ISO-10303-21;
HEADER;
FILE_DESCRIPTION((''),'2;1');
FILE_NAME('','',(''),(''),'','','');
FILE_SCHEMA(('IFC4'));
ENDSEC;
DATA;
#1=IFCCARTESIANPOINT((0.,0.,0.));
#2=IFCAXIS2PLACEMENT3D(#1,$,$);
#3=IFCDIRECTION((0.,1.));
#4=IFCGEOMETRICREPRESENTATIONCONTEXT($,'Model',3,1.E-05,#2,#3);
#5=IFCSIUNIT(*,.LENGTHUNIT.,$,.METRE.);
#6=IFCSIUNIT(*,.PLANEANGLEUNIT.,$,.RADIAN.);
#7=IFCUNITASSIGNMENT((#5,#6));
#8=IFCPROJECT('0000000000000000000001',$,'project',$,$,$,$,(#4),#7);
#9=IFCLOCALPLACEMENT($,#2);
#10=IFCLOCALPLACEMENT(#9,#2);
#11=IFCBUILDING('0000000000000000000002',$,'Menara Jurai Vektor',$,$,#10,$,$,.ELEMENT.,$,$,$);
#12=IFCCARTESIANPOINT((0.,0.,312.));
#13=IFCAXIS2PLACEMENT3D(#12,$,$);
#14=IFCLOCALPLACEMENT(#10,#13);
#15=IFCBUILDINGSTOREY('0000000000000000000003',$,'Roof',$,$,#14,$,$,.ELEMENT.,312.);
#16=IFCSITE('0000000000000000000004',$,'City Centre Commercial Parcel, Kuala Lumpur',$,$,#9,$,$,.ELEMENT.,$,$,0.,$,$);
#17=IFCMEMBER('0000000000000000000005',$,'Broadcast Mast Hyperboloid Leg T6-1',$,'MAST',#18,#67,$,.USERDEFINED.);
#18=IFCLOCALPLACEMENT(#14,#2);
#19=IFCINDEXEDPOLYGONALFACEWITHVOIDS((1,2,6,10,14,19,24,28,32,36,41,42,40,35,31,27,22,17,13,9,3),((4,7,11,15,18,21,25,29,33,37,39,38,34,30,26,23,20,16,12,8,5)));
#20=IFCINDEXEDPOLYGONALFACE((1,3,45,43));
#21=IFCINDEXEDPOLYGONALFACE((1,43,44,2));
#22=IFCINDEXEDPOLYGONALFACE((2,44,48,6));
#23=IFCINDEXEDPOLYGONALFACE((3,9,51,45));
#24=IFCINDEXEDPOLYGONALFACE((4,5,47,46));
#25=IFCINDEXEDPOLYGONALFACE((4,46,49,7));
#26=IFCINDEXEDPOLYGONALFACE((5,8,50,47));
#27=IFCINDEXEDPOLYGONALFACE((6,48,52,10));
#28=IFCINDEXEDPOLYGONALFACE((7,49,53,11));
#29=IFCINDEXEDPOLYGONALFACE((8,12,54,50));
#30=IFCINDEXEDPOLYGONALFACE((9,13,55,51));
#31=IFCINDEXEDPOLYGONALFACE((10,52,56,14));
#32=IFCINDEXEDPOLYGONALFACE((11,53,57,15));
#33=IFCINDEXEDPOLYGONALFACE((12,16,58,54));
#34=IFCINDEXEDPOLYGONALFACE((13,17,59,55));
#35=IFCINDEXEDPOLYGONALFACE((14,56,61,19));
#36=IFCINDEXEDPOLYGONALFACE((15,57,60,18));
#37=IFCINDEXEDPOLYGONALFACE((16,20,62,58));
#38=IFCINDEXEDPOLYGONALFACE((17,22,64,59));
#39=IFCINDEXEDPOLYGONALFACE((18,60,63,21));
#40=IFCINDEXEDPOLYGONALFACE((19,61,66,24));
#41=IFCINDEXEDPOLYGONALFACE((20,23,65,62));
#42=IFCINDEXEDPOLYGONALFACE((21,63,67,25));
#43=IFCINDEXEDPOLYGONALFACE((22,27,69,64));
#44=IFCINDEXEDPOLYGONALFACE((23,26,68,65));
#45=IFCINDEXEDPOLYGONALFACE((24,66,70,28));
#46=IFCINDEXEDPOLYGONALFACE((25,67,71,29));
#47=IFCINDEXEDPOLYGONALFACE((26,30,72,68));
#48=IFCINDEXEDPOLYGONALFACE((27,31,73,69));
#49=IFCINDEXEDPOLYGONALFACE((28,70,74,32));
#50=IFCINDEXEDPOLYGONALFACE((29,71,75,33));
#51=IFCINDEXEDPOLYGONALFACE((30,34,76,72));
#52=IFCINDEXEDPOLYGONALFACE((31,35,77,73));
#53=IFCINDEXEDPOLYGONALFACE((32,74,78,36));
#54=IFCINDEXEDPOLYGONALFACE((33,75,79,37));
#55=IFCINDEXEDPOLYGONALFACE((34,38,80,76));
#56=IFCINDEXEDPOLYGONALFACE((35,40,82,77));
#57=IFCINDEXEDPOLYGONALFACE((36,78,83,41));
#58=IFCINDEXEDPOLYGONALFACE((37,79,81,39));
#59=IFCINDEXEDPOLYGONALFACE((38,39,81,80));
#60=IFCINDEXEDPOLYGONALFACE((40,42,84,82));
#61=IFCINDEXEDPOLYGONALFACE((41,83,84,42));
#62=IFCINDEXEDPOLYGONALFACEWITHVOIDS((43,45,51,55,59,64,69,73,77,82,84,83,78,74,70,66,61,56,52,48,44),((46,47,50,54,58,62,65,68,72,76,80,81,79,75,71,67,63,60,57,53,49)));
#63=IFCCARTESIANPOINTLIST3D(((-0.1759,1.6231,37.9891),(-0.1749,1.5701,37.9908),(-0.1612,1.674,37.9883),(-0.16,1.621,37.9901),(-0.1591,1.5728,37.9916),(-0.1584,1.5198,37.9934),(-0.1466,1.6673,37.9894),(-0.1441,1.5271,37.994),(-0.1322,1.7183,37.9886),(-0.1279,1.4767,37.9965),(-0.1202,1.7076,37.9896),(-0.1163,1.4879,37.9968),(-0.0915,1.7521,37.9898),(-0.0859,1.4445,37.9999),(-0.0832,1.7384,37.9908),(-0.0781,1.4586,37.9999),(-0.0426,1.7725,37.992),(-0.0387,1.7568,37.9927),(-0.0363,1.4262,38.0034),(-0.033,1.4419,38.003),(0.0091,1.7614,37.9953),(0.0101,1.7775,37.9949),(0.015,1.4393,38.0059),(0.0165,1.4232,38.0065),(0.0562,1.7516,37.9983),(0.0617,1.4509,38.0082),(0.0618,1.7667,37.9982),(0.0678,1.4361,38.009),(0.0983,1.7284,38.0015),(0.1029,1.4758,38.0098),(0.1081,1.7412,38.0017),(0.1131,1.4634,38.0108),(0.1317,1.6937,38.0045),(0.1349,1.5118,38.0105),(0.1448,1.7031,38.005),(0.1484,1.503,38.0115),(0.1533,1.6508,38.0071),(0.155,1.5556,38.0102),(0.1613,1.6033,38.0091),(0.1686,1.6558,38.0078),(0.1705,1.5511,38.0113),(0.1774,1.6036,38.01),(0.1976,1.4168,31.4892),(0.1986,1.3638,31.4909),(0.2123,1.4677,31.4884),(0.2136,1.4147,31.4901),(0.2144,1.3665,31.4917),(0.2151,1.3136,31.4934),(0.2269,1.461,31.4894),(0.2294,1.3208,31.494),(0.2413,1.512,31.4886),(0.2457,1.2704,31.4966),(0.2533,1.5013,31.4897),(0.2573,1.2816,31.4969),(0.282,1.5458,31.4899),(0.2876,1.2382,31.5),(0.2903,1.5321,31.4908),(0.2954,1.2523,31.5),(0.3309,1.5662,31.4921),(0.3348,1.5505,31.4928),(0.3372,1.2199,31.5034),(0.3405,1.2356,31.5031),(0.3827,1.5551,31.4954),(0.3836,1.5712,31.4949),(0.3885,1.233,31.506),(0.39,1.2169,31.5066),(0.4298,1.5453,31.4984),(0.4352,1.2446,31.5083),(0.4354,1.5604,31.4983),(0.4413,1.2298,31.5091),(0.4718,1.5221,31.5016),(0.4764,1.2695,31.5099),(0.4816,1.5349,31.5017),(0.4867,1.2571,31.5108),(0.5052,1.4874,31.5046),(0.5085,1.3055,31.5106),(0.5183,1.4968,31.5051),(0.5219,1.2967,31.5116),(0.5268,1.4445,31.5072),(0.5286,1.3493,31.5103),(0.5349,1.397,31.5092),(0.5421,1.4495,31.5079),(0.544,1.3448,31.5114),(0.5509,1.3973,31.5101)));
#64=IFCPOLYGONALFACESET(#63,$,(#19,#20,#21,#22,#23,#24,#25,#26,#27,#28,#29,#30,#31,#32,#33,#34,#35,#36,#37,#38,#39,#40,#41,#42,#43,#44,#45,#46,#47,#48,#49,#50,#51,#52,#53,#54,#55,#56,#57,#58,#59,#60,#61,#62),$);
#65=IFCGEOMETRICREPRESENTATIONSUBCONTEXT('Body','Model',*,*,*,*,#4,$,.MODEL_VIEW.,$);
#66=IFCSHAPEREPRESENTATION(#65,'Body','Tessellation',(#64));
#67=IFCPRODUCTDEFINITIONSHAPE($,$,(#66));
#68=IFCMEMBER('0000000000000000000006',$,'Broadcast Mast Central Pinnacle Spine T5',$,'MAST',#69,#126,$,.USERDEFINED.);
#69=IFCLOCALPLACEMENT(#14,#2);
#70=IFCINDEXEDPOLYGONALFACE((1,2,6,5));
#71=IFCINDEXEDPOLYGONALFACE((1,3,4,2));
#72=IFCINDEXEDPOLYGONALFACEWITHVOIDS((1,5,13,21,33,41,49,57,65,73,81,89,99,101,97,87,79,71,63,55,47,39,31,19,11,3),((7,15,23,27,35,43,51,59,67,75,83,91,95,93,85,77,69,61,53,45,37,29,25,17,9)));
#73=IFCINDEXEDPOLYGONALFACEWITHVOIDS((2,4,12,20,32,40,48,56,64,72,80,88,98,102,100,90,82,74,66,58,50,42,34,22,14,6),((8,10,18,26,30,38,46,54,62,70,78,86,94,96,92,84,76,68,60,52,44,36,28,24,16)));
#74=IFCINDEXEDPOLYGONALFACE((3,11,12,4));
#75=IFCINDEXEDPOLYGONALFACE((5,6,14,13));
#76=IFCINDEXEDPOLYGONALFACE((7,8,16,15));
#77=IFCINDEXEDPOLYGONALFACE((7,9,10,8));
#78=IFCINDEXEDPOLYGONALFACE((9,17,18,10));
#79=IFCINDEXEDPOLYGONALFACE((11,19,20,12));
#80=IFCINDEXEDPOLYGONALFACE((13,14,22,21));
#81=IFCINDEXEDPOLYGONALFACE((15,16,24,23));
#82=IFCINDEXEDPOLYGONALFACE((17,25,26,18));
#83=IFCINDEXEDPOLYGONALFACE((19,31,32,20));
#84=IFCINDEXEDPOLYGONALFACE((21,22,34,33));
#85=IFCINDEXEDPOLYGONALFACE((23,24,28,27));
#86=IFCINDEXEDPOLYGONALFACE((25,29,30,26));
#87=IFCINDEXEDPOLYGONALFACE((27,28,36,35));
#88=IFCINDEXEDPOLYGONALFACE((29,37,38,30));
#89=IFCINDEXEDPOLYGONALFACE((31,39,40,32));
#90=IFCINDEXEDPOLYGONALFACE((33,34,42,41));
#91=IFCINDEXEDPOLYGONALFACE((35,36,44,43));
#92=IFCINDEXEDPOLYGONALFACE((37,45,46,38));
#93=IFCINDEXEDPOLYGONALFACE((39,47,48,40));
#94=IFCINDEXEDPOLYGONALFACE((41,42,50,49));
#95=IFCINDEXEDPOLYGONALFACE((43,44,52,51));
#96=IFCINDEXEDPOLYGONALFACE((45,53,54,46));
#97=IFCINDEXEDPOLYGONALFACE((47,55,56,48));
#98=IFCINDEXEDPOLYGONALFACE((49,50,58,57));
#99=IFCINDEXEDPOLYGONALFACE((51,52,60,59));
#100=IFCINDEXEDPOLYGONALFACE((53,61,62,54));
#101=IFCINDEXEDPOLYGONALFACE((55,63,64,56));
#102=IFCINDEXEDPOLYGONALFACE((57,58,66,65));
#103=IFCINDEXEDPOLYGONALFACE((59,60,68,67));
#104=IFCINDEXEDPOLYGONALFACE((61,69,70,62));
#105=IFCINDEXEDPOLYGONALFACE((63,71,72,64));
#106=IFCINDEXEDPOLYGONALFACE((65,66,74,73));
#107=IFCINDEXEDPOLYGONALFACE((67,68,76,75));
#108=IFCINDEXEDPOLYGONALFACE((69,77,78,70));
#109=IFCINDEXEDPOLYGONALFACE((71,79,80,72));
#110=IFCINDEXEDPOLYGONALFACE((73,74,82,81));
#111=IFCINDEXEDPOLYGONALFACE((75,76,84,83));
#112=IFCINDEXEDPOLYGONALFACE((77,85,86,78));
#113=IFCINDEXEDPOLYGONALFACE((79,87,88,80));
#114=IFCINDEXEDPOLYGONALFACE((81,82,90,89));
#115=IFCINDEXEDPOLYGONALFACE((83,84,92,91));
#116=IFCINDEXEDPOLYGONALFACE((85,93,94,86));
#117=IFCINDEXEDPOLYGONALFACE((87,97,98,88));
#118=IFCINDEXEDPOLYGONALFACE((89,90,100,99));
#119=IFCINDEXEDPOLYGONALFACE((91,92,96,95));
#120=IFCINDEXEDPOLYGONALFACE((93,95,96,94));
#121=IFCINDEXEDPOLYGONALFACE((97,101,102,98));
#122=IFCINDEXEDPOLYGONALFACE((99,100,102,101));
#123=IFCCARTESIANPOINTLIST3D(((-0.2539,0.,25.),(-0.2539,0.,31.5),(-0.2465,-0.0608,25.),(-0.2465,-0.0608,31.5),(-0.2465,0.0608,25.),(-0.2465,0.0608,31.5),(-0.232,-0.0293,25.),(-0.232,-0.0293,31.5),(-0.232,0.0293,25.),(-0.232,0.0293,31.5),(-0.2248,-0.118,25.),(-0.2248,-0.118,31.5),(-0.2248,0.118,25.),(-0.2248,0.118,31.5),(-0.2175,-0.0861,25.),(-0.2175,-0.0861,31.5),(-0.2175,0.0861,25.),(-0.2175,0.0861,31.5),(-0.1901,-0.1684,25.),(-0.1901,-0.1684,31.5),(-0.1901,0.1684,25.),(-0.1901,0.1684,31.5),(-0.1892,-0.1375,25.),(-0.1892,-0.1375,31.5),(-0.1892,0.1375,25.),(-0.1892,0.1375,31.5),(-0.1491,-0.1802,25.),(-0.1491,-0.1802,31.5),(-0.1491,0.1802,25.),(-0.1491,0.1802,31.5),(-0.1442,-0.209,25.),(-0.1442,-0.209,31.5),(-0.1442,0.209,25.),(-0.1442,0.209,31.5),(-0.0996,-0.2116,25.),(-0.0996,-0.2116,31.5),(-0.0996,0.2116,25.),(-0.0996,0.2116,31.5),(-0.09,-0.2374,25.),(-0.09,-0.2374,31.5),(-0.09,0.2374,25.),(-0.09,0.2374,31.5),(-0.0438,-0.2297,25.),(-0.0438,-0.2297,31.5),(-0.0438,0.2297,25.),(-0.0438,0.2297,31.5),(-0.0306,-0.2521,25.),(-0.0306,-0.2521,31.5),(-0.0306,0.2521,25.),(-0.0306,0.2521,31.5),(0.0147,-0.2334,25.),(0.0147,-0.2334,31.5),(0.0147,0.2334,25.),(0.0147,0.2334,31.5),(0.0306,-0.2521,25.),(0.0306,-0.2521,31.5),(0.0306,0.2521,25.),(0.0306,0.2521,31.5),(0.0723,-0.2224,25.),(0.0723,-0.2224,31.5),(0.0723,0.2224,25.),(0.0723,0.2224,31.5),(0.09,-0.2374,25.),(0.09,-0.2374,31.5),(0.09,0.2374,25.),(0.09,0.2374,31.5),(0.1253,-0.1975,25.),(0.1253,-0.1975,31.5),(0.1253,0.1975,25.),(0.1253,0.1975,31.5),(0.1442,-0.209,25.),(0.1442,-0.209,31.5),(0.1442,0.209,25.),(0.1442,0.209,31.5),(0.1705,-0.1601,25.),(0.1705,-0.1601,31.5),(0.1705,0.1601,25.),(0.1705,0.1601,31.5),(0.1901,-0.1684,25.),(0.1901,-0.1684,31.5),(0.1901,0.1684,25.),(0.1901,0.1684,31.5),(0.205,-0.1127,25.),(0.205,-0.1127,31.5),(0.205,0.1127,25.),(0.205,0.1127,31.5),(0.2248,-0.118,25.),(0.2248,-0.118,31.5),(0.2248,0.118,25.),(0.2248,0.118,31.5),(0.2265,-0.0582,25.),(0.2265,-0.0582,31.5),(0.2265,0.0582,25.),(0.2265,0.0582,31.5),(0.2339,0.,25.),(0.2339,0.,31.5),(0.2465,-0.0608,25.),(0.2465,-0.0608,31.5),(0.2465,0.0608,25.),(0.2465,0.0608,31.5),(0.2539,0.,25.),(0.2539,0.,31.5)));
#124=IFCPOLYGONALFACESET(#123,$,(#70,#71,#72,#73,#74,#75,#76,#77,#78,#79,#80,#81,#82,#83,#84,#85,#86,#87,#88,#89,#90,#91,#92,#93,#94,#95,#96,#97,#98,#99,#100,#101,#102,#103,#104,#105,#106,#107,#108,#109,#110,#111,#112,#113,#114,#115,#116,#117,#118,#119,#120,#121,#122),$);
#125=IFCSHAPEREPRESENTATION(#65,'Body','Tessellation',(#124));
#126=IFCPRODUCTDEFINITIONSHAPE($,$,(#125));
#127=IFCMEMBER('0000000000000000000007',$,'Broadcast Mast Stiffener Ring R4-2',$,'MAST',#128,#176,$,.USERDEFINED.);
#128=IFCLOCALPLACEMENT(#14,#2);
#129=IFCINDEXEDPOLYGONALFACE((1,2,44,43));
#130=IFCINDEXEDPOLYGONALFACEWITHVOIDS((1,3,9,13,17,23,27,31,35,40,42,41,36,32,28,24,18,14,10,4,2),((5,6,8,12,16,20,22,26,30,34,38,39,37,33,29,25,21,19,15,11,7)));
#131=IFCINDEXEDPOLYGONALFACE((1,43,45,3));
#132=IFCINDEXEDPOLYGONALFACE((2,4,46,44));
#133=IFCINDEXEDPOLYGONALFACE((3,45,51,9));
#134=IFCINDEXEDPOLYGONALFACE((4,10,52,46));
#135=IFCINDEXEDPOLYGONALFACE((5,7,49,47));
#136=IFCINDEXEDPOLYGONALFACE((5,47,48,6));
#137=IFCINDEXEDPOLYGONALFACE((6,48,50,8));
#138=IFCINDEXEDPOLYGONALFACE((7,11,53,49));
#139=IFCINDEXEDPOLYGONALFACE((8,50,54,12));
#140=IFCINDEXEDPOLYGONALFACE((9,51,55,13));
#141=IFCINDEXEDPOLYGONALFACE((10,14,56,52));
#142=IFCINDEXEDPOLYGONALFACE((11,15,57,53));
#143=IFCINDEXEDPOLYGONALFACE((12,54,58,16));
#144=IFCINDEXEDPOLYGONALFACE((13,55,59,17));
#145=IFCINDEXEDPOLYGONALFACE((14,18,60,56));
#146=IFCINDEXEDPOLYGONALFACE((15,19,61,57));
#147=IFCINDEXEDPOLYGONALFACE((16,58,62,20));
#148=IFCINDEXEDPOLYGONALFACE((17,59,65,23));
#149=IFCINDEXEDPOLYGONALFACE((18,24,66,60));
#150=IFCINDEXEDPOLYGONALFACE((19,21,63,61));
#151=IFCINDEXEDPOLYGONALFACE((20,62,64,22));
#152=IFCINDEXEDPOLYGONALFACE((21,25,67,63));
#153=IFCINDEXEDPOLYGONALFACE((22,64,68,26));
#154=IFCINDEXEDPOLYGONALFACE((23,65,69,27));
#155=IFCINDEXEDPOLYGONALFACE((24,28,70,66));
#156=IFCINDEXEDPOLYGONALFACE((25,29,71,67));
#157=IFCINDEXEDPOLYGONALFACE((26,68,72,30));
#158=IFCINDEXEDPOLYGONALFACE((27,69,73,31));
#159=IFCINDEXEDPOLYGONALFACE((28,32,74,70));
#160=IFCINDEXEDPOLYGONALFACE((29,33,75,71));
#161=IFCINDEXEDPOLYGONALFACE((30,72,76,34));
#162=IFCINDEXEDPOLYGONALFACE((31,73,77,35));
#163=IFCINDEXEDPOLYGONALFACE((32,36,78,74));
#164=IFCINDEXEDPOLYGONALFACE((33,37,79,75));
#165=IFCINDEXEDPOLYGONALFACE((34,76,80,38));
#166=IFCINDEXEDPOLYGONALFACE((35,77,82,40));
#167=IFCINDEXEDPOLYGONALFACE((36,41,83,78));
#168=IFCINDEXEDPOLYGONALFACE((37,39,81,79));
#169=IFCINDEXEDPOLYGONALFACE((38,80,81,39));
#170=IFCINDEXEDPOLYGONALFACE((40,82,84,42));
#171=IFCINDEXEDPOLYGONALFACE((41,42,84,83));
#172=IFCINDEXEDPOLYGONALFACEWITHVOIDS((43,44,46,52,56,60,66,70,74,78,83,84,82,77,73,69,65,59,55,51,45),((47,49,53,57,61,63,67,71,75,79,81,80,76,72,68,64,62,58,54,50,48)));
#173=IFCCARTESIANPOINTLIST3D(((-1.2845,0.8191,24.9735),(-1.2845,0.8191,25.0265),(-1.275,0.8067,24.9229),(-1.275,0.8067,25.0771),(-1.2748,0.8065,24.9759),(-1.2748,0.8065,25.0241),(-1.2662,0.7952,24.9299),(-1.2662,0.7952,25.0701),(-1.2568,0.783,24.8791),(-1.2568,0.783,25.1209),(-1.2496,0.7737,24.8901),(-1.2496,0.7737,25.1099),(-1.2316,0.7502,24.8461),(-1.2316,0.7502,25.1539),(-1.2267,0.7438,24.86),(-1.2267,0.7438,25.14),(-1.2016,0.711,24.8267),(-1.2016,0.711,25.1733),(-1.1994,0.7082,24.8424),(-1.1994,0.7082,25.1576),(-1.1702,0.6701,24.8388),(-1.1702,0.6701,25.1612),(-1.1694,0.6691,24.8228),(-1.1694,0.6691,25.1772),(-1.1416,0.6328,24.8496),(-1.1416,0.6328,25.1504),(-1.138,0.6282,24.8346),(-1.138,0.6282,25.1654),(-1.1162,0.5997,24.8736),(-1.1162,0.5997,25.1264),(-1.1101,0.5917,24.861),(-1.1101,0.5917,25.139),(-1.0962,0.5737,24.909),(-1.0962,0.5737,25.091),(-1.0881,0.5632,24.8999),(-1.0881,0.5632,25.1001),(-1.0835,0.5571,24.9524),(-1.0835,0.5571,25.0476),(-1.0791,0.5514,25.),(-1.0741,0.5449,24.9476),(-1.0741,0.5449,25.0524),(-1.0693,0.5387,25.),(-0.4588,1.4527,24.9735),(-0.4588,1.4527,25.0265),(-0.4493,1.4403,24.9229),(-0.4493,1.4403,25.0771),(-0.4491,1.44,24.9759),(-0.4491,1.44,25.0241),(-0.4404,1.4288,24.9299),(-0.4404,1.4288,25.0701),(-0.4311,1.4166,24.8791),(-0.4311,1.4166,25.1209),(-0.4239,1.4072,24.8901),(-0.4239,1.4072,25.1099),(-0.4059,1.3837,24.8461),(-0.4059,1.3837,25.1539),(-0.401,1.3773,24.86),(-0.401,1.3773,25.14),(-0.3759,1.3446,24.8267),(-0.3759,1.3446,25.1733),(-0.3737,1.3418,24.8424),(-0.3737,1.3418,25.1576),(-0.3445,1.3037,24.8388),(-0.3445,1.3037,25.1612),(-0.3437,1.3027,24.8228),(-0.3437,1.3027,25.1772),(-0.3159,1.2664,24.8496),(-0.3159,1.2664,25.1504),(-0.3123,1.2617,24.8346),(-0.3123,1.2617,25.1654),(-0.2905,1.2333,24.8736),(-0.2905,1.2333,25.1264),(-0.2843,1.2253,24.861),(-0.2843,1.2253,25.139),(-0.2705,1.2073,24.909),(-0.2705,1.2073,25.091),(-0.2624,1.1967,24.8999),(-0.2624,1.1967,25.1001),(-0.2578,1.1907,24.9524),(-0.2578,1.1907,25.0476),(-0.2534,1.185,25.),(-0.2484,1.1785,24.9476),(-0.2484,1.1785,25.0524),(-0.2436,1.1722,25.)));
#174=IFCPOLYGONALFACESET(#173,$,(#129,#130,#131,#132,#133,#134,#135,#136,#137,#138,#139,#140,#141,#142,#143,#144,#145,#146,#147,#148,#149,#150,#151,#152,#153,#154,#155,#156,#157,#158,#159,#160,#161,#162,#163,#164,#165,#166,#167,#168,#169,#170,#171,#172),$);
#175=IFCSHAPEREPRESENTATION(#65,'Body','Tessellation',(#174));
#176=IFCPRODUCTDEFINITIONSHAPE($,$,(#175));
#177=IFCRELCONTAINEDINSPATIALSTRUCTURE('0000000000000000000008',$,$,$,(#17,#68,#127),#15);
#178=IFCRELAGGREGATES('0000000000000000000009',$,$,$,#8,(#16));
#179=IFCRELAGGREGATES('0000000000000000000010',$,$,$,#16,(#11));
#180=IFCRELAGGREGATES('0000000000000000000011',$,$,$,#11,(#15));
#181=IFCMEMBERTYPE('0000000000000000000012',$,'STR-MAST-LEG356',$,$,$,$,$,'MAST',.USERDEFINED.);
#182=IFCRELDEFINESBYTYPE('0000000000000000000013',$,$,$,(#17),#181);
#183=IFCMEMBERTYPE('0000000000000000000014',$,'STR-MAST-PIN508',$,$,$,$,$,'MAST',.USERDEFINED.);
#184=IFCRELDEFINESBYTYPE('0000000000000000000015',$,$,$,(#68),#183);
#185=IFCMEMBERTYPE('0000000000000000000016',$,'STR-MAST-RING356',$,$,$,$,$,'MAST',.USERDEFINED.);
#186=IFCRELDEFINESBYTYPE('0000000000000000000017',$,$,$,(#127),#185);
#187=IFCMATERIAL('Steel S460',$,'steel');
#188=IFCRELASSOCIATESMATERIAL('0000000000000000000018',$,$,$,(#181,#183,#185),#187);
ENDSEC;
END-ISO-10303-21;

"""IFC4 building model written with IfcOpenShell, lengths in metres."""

from ifc_helpers import new_model, si_unit, direction, frame, origin, origin_2d, place, context, subcontext, project, spatial, hollow_circle, extrude, material, material_profile, profile_set, type_object, element, save


model = new_model("IFC4")

# Units and contexts
model_context = context("Model", 3, precision=1e-05, world=origin(), true_north=direction((0.0, 1.0)))
body_context = subcontext(model_context, "Body", "Model", "MODEL_VIEW")
ifc_project = project(units=[si_unit("LENGTHUNIT", "METRE"), si_unit("PLANEANGLEUNIT", "RADIAN")], contexts=[model_context])

# Site, building, storey
site_placement = place(None, origin())
site = spatial("IfcSite", under=ifc_project, at=site_placement, Name="City Centre Commercial Parcel, Kuala Lumpur", CompositionType="ELEMENT", RefElevation=0.0)
building_placement = place(site_placement, origin())
building = spatial("IfcBuilding", under=site, at=building_placement, Name="Menara Jurai Vektor", CompositionType="ELEMENT")
storey_placement = place(building_placement, frame((0.0, 0.0, 312.0)))
storey = spatial("IfcBuildingStorey", under=building, at=storey_placement, Name="Roof", CompositionType="ELEMENT", Elevation=312.0)

# Members
ifc_material = material(Name="Steel S460", Category="steel")
ifc_material_profile_1 = material_profile(ifc_material, hollow_circle(Radius=0.1777, WallThickness=0.0161, at=origin_2d()), Name="CHS 355.6x16")
ifc_profile_set_1 = profile_set([ifc_material_profile_1], Name="Steel S460")
member_type_1 = type_object("IfcMemberType", Name="STR-MAST-LEG356", ElementType="MAST", PredefinedType="USERDEFINED", material=ifc_profile_set_1)
member_1_placement = place(storey_placement, frame((0.3735, 1.3938, 31.5), z_axis=(-0.057344, 0.03167, 0.997852), x_axis=(-0.483455, -0.875369, 0.0)))
element("IfcMember", 1, at=member_1_placement, inside=storey, type_object=member_type_1, Name="Broadcast Mast Hyperboloid Leg T6-1", ObjectType="MAST", PredefinedType="USERDEFINED", context=body_context, shape_type="SweptSolid", body=[
    extrude(hollow_circle(Radius=0.1777, WallThickness=0.0161, at=origin_2d()), origin(), (0.0, 0.0, 1.0), 6.5139),
])
ifc_material_profile_2 = material_profile(ifc_material, hollow_circle(Radius=0.2539, WallThickness=0.02, at=origin_2d()), Name="CHS 508x20")
ifc_profile_set_2 = profile_set([ifc_material_profile_2], Name="Steel S460")
member_type_2 = type_object("IfcMemberType", Name="STR-MAST-PIN508", ElementType="MAST", PredefinedType="USERDEFINED", material=ifc_profile_set_2)
member_2_placement = place(storey_placement, frame((0.0, 0.0, 25.0), z_axis=(0.0, 0.0, 1.0), x_axis=(1.0, 0.0, 0.0)))
element("IfcMember", 2, at=member_2_placement, inside=storey, type_object=member_type_2, Name="Broadcast Mast Central Pinnacle Spine T5", ObjectType="MAST", PredefinedType="USERDEFINED", context=body_context, shape_type="SweptSolid", body=[
    extrude(hollow_circle(Radius=0.2539, WallThickness=0.02, at=origin_2d()), origin(), (0.0, 0.0, 1.0), 6.5),
])
ifc_material_profile_3 = material_profile(ifc_material, hollow_circle(Radius=0.1777, WallThickness=0.0161, at=origin_2d()), Name="CHS 355.6x16")
ifc_profile_set_3 = profile_set([ifc_material_profile_3], Name="Steel S460")
member_type_3 = type_object("IfcMemberType", Name="STR-MAST-RING356", ElementType="MAST", PredefinedType="USERDEFINED", material=ifc_profile_set_3)
member_3_placement = place(storey_placement, frame((-0.3518, 1.3132, 25.0), z_axis=(-0.793365, -0.608747, 0.0), x_axis=(0.608747, -0.793365, 0.0)))
element("IfcMember", 3, at=member_3_placement, inside=storey, type_object=member_type_3, Name="Broadcast Mast Stiffener Ring R4-2", ObjectType="MAST", PredefinedType="USERDEFINED", context=body_context, shape_type="SweptSolid", body=[
    extrude(hollow_circle(Radius=0.1777, WallThickness=0.0161, at=origin_2d()), origin(), (0.0, 0.0, 1.0), 1.0408),
])

save(model, "model.ifc")
